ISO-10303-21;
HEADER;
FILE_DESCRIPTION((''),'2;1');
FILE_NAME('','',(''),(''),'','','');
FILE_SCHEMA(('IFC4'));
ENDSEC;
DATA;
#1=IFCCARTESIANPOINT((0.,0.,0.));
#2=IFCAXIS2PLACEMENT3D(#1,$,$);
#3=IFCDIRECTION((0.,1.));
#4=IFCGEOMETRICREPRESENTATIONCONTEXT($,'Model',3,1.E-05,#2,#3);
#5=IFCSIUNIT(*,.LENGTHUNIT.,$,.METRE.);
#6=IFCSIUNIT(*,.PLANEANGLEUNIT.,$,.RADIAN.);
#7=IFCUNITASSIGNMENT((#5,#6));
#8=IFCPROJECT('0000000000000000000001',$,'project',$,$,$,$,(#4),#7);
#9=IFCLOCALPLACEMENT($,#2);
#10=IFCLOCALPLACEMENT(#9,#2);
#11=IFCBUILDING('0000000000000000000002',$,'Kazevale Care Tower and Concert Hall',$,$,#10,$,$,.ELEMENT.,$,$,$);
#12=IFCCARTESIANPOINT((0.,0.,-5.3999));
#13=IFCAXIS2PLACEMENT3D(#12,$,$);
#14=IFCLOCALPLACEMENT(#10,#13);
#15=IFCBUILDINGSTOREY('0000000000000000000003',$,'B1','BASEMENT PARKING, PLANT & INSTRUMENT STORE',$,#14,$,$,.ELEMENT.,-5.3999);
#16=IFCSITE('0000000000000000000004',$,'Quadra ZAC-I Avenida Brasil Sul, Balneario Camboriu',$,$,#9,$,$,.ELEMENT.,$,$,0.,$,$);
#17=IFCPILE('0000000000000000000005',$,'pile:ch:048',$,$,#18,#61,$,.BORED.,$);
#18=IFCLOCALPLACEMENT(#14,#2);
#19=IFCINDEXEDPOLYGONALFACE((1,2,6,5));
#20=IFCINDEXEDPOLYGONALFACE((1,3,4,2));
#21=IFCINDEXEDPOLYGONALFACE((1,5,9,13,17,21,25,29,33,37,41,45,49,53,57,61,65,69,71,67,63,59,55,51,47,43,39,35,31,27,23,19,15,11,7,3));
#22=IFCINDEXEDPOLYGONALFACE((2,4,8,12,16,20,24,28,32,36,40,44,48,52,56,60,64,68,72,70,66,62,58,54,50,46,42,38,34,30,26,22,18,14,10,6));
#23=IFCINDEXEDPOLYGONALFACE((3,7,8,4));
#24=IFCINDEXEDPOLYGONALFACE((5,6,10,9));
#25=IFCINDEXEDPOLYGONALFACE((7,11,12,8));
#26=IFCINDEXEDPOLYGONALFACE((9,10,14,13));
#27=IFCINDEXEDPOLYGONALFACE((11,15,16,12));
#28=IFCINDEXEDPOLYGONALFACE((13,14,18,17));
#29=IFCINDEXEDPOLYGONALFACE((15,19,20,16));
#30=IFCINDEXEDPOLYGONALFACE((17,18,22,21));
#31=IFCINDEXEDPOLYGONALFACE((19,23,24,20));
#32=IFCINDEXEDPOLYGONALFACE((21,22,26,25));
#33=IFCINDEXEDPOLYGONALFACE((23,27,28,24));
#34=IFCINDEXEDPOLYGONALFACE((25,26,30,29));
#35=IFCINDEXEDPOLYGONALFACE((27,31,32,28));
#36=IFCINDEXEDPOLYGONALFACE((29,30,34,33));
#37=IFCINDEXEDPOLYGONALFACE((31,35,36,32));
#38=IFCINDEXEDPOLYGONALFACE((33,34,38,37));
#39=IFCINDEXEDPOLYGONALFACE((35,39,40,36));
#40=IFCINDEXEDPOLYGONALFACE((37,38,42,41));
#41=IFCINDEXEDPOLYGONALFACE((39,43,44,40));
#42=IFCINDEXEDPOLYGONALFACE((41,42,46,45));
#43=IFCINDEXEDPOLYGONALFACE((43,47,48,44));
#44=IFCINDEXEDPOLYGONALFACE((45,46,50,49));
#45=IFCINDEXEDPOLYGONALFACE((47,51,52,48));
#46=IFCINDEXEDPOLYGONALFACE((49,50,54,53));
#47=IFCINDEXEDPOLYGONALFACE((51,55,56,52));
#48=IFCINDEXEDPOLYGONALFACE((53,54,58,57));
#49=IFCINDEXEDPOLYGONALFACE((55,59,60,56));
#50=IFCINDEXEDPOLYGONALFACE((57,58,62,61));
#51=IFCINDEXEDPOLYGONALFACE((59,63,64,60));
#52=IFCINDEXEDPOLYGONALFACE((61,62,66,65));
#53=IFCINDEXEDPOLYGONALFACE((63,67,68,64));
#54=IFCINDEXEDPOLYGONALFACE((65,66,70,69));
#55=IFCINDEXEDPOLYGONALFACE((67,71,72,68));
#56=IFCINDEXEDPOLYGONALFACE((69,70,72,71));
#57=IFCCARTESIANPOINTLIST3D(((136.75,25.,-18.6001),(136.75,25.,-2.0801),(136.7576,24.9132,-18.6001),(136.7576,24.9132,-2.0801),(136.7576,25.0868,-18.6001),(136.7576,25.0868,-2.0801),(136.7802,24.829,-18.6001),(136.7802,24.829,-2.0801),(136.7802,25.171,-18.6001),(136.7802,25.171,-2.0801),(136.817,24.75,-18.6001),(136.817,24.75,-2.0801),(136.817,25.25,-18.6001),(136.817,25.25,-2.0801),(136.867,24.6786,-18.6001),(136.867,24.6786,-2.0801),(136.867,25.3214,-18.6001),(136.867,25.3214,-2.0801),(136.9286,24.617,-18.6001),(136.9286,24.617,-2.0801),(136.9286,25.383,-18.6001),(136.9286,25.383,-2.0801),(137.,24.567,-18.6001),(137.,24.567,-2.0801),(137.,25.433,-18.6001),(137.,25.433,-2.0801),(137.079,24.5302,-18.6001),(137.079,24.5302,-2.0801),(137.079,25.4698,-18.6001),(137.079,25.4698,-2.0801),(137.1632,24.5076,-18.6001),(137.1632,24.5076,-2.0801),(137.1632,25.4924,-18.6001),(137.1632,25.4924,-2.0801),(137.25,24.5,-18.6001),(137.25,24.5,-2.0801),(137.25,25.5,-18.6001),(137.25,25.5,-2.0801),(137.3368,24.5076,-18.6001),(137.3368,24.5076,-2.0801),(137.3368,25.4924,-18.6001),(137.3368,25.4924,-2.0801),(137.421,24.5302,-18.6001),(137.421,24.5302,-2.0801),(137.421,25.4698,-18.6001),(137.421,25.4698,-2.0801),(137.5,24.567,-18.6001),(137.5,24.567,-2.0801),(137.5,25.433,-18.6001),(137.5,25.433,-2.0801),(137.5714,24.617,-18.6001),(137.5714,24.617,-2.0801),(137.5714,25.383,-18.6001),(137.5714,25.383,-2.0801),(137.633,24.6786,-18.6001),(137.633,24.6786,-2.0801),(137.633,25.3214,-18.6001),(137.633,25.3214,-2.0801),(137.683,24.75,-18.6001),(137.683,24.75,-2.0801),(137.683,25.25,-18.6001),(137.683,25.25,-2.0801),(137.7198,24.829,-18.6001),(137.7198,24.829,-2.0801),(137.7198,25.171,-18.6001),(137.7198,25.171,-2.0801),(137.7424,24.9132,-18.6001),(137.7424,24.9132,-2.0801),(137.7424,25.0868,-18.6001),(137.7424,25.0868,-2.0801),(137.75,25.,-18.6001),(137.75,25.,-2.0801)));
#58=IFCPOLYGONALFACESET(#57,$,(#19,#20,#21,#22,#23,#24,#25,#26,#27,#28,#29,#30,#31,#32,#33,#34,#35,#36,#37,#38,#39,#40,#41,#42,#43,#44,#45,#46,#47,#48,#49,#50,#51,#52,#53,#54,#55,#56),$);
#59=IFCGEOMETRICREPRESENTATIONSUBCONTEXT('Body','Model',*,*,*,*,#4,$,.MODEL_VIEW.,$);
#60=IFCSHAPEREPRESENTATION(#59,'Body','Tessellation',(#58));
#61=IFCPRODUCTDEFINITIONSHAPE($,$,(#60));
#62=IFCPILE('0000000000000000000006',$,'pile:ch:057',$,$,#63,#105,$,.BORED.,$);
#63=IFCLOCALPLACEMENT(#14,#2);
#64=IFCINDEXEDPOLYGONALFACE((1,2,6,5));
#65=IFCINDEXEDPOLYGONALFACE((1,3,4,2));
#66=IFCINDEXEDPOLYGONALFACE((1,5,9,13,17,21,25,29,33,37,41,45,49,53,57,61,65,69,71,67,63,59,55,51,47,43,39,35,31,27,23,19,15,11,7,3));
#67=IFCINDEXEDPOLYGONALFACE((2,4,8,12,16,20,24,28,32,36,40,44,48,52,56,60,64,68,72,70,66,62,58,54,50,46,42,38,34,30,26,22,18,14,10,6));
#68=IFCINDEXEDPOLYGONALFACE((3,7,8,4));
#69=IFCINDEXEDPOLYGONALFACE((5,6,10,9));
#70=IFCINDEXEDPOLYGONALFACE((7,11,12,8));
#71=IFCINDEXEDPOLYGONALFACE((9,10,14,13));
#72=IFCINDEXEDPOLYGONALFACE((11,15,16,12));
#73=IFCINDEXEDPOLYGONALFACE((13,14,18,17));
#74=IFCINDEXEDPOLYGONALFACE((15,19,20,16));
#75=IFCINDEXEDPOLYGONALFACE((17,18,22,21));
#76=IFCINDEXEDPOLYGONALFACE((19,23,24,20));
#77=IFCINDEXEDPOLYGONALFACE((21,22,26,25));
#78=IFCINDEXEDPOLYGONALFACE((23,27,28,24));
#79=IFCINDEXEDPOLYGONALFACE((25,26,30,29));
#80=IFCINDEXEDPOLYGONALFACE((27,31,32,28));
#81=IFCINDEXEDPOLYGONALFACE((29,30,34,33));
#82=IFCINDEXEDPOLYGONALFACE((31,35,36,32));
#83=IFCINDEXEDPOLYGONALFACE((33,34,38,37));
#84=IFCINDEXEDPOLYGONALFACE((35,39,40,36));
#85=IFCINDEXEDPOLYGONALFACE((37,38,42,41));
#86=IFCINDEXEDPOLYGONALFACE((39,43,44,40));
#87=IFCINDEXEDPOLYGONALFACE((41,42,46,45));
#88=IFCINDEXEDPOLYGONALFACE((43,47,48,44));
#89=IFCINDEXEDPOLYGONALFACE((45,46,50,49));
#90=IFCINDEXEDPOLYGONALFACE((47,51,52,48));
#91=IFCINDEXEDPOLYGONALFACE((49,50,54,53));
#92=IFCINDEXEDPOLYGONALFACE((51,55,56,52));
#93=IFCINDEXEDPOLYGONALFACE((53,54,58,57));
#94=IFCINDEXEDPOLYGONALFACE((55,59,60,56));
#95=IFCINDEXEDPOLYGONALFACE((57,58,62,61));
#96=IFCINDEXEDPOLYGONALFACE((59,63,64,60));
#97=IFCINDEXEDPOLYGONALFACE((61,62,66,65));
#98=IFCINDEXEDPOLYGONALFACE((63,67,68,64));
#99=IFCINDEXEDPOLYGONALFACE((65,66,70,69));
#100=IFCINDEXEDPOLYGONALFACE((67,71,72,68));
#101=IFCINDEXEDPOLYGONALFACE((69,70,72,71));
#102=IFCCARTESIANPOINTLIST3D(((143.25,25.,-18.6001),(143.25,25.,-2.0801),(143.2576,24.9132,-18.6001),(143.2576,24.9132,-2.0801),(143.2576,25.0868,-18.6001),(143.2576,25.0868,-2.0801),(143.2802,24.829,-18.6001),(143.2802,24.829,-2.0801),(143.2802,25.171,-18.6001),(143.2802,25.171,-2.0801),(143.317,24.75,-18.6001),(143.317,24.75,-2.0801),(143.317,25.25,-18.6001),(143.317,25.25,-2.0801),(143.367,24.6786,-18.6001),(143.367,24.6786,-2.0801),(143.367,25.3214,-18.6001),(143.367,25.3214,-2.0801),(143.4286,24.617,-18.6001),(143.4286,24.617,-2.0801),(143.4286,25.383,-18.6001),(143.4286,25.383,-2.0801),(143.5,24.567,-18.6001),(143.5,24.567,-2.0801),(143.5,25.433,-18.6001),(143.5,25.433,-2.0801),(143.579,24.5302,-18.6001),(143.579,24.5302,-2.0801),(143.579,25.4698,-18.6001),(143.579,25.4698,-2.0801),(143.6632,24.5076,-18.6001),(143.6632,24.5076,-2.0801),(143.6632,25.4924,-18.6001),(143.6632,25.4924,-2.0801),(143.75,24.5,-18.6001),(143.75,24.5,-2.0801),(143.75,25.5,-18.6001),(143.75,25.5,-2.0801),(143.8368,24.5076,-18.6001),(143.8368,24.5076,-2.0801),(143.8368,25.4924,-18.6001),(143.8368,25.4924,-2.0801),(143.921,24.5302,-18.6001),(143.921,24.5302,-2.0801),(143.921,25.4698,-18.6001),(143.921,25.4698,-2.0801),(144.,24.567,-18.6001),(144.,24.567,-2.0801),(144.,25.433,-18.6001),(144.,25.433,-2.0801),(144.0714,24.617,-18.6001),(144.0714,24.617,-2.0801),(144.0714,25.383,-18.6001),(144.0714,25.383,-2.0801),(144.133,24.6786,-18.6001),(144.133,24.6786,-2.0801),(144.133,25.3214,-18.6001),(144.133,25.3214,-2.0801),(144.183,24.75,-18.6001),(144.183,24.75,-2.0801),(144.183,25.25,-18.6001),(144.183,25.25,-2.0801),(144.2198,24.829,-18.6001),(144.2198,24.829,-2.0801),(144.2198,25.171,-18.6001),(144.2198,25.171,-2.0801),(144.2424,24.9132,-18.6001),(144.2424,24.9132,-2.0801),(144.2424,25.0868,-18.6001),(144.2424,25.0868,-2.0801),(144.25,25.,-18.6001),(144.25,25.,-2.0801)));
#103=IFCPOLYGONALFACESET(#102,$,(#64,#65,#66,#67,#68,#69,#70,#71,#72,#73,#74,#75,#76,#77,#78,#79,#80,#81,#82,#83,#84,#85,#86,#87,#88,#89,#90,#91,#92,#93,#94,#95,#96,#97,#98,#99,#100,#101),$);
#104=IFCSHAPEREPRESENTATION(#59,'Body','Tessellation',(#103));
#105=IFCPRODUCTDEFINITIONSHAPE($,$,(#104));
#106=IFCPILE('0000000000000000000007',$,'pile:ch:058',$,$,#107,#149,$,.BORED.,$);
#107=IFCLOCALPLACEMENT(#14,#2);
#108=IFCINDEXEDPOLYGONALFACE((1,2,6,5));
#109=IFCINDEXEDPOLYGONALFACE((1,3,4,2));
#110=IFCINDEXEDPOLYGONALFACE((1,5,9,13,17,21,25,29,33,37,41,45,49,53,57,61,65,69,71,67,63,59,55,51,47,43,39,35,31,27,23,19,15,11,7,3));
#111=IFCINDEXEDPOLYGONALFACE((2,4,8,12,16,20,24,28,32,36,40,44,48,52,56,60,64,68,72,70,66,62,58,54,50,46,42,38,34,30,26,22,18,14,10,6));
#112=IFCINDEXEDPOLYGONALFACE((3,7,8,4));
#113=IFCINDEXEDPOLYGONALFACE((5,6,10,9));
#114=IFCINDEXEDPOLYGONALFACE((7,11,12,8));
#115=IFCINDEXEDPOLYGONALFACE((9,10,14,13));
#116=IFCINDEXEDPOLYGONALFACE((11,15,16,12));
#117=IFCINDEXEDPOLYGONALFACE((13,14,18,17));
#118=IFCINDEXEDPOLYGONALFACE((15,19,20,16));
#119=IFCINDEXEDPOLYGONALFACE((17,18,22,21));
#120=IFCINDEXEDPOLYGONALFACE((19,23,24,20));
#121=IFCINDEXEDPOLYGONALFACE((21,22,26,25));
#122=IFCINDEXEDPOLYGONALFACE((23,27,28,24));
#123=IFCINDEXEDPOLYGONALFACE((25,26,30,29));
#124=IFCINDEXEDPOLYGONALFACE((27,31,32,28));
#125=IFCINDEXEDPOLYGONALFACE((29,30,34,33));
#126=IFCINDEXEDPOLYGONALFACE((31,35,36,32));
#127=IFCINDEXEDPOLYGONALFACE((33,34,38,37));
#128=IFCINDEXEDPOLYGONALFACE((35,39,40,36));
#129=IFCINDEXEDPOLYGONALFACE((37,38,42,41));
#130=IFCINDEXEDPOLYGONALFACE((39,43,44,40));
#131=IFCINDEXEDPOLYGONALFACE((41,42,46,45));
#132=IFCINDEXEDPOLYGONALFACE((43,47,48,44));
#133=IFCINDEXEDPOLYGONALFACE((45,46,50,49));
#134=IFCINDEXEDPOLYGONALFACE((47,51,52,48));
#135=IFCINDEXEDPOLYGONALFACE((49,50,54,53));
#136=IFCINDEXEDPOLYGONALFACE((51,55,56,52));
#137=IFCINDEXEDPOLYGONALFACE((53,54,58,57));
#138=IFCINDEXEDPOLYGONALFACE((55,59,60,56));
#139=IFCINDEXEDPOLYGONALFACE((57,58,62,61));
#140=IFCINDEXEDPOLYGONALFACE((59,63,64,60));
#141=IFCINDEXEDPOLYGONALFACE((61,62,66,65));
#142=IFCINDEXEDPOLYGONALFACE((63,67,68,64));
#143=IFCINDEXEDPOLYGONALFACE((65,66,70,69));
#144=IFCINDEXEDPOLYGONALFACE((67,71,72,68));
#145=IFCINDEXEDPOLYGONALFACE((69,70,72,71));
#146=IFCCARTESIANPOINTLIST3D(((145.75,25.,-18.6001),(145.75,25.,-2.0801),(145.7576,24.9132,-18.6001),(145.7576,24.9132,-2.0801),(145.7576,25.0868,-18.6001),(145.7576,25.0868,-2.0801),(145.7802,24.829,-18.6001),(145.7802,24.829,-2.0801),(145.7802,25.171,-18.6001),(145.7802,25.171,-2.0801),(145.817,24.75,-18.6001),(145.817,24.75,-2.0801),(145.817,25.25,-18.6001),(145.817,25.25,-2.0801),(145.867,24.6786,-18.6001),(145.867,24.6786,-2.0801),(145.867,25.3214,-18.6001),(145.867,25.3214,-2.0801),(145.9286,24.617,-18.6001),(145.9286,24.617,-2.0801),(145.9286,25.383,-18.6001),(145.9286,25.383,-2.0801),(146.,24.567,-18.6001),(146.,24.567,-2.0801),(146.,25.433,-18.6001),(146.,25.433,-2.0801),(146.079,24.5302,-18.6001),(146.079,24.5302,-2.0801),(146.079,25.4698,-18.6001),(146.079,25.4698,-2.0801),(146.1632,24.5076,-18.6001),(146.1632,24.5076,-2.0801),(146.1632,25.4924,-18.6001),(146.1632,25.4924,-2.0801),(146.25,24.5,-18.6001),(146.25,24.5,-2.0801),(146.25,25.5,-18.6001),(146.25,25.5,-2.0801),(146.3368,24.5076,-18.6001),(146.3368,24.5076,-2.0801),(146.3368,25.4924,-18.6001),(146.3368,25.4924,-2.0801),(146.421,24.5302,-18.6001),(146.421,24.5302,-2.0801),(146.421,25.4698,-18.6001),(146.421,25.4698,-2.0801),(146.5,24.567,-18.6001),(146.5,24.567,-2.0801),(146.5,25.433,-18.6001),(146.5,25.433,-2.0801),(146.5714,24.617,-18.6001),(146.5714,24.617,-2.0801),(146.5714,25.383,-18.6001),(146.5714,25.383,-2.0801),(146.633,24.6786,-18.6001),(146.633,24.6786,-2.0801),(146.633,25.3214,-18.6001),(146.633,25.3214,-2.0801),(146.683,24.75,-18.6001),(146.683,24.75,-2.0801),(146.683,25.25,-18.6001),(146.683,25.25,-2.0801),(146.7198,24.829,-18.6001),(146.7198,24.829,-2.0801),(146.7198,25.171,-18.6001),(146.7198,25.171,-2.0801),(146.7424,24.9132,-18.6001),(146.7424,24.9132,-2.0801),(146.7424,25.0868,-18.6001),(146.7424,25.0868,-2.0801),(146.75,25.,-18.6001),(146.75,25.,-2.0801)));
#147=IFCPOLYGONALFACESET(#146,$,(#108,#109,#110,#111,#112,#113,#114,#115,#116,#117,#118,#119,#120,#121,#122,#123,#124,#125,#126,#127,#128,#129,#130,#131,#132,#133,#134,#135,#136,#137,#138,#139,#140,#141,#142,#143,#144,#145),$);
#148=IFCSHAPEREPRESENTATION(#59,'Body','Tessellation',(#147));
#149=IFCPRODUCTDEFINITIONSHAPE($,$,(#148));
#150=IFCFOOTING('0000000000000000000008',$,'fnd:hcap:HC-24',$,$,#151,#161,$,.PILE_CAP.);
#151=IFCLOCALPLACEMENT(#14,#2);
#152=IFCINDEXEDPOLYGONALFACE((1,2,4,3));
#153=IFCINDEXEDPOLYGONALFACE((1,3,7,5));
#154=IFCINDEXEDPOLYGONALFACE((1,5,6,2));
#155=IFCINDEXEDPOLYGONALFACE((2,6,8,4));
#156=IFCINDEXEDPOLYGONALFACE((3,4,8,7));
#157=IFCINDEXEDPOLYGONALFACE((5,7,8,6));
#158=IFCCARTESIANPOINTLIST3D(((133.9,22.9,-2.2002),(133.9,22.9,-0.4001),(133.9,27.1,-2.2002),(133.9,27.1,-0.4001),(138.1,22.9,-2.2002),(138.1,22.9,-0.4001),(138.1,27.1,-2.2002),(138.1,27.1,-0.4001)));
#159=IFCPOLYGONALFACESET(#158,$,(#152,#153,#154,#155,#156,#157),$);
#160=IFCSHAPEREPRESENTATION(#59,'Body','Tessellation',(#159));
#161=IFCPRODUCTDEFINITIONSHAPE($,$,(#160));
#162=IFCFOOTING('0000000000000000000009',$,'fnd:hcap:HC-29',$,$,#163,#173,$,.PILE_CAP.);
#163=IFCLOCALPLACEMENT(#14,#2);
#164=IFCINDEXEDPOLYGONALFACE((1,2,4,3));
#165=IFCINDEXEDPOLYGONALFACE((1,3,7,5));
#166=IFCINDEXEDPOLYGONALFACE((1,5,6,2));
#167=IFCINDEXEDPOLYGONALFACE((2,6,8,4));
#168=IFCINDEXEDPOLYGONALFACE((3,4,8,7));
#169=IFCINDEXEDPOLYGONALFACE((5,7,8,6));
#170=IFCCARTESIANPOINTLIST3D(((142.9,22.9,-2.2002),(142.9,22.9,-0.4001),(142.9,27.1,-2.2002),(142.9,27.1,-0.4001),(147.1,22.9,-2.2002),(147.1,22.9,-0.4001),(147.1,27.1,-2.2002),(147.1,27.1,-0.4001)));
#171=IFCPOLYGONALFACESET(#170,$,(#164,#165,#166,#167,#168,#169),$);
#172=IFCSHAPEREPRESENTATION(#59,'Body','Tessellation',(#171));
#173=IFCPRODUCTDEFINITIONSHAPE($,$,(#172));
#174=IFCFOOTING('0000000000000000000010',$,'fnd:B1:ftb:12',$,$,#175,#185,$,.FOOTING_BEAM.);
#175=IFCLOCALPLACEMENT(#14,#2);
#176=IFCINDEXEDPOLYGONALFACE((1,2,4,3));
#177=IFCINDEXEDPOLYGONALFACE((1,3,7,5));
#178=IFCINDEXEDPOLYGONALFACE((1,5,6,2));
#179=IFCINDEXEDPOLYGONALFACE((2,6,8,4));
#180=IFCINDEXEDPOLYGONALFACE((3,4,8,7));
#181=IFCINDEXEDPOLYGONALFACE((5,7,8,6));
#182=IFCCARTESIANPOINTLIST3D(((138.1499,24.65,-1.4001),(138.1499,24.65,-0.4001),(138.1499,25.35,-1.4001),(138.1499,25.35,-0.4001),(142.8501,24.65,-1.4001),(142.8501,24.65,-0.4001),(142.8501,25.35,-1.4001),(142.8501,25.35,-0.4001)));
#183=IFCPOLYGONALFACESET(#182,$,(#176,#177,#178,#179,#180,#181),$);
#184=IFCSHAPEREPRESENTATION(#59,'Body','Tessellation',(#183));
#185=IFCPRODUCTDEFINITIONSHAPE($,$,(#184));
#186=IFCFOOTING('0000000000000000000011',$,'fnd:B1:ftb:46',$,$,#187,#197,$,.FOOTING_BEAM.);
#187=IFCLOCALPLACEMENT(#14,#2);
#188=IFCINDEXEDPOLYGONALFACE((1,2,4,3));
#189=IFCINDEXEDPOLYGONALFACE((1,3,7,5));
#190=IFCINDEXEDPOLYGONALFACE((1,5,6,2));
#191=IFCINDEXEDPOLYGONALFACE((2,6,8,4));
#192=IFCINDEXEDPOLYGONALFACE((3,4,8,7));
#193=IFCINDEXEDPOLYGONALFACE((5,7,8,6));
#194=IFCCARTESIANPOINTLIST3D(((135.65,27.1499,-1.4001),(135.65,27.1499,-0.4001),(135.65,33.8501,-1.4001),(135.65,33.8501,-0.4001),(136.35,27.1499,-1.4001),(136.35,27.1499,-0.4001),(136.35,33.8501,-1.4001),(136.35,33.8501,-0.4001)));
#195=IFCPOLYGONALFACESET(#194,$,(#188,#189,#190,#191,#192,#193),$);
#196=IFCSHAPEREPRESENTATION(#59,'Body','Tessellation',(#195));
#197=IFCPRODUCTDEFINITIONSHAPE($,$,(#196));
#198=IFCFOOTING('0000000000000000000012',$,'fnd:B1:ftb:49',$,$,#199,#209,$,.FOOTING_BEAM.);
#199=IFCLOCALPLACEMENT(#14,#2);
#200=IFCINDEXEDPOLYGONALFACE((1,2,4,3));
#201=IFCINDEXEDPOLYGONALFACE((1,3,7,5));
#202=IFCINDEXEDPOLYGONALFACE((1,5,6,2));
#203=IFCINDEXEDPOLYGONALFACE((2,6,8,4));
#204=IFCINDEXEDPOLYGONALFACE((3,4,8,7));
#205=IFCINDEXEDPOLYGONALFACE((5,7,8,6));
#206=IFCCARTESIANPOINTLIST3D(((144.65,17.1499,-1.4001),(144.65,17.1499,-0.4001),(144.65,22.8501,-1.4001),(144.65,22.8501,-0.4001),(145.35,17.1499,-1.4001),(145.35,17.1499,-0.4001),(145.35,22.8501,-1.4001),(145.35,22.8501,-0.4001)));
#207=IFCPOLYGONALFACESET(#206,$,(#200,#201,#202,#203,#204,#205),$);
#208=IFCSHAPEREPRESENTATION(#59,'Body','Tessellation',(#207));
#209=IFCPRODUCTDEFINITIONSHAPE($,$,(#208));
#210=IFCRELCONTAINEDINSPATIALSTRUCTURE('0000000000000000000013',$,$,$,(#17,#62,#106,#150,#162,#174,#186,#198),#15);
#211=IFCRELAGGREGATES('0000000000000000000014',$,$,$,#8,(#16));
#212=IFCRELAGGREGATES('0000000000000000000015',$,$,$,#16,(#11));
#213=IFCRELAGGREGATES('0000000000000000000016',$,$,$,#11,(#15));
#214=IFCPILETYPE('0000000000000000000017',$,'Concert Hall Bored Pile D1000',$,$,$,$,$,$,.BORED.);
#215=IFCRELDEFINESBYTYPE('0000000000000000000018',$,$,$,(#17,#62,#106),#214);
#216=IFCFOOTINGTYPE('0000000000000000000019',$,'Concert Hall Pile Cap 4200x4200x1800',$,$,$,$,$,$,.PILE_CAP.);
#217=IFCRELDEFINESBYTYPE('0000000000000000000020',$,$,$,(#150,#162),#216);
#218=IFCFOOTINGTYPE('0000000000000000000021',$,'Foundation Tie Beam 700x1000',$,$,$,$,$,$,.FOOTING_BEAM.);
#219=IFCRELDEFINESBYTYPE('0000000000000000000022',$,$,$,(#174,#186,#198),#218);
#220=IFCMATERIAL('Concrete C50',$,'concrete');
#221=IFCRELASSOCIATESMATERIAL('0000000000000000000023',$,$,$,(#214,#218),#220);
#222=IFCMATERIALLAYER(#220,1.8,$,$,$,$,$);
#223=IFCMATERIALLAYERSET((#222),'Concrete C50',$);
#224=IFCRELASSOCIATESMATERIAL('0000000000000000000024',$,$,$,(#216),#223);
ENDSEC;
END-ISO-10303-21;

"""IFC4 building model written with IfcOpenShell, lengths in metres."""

from ifc_helpers import new_model, si_unit, direction, frame, frame_2d, origin, origin_2d, place, context, subcontext, project, spatial, rectangle, circle, extrude, material, layer, layer_set, material_profile, profile_set, type_object, element, save


model = new_model("IFC4")

# Units and contexts
model_context = context("Model", 3, precision=1e-05, world=origin(), true_north=direction((0.0, 1.0)))
body_context = subcontext(model_context, "Body", "Model", "MODEL_VIEW")
ifc_project = project(units=[si_unit("LENGTHUNIT", "METRE"), si_unit("PLANEANGLEUNIT", "RADIAN")], contexts=[model_context])

# Site, building, storey
site_placement = place(None, origin())
site = spatial("IfcSite", under=ifc_project, at=site_placement, Name="Quadra ZAC-I Avenida Brasil Sul, Balneario Camboriu", CompositionType="ELEMENT", RefElevation=0.0)
building_placement = place(site_placement, origin())
building = spatial("IfcBuilding", under=site, at=building_placement, Name="Kazevale Care Tower and Concert Hall", CompositionType="ELEMENT")
storey_placement = place(building_placement, frame((0.0, 0.0, -5.3999)))
storey = spatial("IfcBuildingStorey", under=building, at=storey_placement, Name="B1", Description="BASEMENT PARKING, PLANT & INSTRUMENT STORE", CompositionType="ELEMENT", Elevation=-5.3999)

# Piles
ifc_material_1 = material(Name="Concrete C50", Category="concrete")
ifc_material_profile_1 = material_profile(ifc_material_1, circle(Radius=0.5, at=origin_2d()), Name="PILE-D1000")
ifc_profile_set_1 = profile_set([ifc_material_profile_1], Name="Concrete C50")
pile_type = type_object("IfcPileType", Name="Concert Hall Bored Pile D1000", PredefinedType="BORED", material=ifc_profile_set_1)
for number, where, z_axis, x_axis, name in (
    (1, (137.25, 25.0, -2.0801), (0.0, 0.0, -1.0), (1.0, 0.0, 0.0), "pile:ch:048"),
    (2, (143.75, 25.0, -2.0801), (0.0, 0.0, -1.0), (1.0, 0.0, 0.0), "pile:ch:057"),
    (3, (146.25, 25.0, -2.0801), (0.0, 0.0, -1.0), (1.0, 0.0, 0.0), "pile:ch:058"),
):
    element("IfcPile", number, at=place(storey_placement, frame(where, z_axis=z_axis, x_axis=x_axis)), inside=storey, type_object=pile_type, Name=name, PredefinedType="BORED", context=body_context, shape_type="SweptSolid", body=[
        extrude(circle(Radius=0.5, at=origin_2d()), origin(), (0.0, 0.0, 1.0), 16.52),
    ])

# Footings
ifc_layer_1 = layer(ifc_material_1, 1.8)
ifc_layer_set_1 = layer_set([ifc_layer_1], Name="Concrete C50")
footing_type_1 = type_object("IfcFootingType", Name="Concert Hall Pile Cap 4200x4200x1800", PredefinedType="PILE_CAP", material=ifc_layer_set_1)
for number, where, z_axis, x_axis, name in (
    (4, (136.0, 25.0, -2.2002), (0.0, 0.0, 1.0), (1.0, 0.0, 0.0), "fnd:hcap:HC-24"),
    (5, (145.0, 25.0, -2.2002), (0.0, 0.0, 1.0), (1.0, 0.0, 0.0), "fnd:hcap:HC-29"),
):
    element("IfcFooting", number, at=place(storey_placement, frame(where, z_axis=z_axis, x_axis=x_axis)), inside=storey, type_object=footing_type_1, Name=name, PredefinedType="PILE_CAP", context=body_context, shape_type="SweptSolid", body=[
        extrude(rectangle(XDim=4.2, YDim=4.2, at=origin_2d()), origin(), (0.0, 0.0, 1.0), 1.8),
    ])
ifc_material_profile_2 = material_profile(ifc_material_1, rectangle(XDim=0.7, YDim=1.0, at=origin_2d()), Name="RC-GB700x1000")
ifc_profile_set_2 = profile_set([ifc_material_profile_2], Name="Concrete C50")
footing_type_2 = type_object("IfcFootingType", Name="Foundation Tie Beam 700x1000", PredefinedType="FOOTING_BEAM", material=ifc_profile_set_2)
footing_1_placement = place(storey_placement, frame((138.1499, 25.0, -1.4001), z_axis=(0.0, 0.0, 1.0), x_axis=(1.0, 0.0, 0.0)))
element("IfcFooting", 6, at=footing_1_placement, inside=storey, type_object=footing_type_2, Name="fnd:B1:ftb:12", PredefinedType="FOOTING_BEAM", context=body_context, shape_type="SweptSolid", body=[
    extrude(rectangle(XDim=4.7002, YDim=0.7, at=frame_2d((2.3501, 0.0))), origin(), (0.0, 0.0, 1.0), 1.0),
])
footing_2_placement = place(storey_placement, frame((136.0, 27.1499, -1.4001), z_axis=(0.0, 0.0, 1.0), x_axis=(0.0, 1.0, 0.0)))
element("IfcFooting", 7, at=footing_2_placement, inside=storey, type_object=footing_type_2, Name="fnd:B1:ftb:46", PredefinedType="FOOTING_BEAM", context=body_context, shape_type="SweptSolid", body=[
    extrude(rectangle(XDim=6.7002, YDim=0.7, at=frame_2d((3.3501, 0.0))), origin(), (0.0, 0.0, 1.0), 1.0),
])
footing_3_placement = place(storey_placement, frame((145.0, 17.1499, -1.4001), z_axis=(0.0, 0.0, 1.0), x_axis=(0.0, 1.0, 0.0)))
element("IfcFooting", 8, at=footing_3_placement, inside=storey, type_object=footing_type_2, Name="fnd:B1:ftb:49", PredefinedType="FOOTING_BEAM", context=body_context, shape_type="SweptSolid", body=[
    extrude(rectangle(XDim=5.7002, YDim=0.7, at=frame_2d((2.8501, 0.0))), origin(), (0.0, 0.0, 1.0), 1.0),
])

save(model, "model.ifc")
